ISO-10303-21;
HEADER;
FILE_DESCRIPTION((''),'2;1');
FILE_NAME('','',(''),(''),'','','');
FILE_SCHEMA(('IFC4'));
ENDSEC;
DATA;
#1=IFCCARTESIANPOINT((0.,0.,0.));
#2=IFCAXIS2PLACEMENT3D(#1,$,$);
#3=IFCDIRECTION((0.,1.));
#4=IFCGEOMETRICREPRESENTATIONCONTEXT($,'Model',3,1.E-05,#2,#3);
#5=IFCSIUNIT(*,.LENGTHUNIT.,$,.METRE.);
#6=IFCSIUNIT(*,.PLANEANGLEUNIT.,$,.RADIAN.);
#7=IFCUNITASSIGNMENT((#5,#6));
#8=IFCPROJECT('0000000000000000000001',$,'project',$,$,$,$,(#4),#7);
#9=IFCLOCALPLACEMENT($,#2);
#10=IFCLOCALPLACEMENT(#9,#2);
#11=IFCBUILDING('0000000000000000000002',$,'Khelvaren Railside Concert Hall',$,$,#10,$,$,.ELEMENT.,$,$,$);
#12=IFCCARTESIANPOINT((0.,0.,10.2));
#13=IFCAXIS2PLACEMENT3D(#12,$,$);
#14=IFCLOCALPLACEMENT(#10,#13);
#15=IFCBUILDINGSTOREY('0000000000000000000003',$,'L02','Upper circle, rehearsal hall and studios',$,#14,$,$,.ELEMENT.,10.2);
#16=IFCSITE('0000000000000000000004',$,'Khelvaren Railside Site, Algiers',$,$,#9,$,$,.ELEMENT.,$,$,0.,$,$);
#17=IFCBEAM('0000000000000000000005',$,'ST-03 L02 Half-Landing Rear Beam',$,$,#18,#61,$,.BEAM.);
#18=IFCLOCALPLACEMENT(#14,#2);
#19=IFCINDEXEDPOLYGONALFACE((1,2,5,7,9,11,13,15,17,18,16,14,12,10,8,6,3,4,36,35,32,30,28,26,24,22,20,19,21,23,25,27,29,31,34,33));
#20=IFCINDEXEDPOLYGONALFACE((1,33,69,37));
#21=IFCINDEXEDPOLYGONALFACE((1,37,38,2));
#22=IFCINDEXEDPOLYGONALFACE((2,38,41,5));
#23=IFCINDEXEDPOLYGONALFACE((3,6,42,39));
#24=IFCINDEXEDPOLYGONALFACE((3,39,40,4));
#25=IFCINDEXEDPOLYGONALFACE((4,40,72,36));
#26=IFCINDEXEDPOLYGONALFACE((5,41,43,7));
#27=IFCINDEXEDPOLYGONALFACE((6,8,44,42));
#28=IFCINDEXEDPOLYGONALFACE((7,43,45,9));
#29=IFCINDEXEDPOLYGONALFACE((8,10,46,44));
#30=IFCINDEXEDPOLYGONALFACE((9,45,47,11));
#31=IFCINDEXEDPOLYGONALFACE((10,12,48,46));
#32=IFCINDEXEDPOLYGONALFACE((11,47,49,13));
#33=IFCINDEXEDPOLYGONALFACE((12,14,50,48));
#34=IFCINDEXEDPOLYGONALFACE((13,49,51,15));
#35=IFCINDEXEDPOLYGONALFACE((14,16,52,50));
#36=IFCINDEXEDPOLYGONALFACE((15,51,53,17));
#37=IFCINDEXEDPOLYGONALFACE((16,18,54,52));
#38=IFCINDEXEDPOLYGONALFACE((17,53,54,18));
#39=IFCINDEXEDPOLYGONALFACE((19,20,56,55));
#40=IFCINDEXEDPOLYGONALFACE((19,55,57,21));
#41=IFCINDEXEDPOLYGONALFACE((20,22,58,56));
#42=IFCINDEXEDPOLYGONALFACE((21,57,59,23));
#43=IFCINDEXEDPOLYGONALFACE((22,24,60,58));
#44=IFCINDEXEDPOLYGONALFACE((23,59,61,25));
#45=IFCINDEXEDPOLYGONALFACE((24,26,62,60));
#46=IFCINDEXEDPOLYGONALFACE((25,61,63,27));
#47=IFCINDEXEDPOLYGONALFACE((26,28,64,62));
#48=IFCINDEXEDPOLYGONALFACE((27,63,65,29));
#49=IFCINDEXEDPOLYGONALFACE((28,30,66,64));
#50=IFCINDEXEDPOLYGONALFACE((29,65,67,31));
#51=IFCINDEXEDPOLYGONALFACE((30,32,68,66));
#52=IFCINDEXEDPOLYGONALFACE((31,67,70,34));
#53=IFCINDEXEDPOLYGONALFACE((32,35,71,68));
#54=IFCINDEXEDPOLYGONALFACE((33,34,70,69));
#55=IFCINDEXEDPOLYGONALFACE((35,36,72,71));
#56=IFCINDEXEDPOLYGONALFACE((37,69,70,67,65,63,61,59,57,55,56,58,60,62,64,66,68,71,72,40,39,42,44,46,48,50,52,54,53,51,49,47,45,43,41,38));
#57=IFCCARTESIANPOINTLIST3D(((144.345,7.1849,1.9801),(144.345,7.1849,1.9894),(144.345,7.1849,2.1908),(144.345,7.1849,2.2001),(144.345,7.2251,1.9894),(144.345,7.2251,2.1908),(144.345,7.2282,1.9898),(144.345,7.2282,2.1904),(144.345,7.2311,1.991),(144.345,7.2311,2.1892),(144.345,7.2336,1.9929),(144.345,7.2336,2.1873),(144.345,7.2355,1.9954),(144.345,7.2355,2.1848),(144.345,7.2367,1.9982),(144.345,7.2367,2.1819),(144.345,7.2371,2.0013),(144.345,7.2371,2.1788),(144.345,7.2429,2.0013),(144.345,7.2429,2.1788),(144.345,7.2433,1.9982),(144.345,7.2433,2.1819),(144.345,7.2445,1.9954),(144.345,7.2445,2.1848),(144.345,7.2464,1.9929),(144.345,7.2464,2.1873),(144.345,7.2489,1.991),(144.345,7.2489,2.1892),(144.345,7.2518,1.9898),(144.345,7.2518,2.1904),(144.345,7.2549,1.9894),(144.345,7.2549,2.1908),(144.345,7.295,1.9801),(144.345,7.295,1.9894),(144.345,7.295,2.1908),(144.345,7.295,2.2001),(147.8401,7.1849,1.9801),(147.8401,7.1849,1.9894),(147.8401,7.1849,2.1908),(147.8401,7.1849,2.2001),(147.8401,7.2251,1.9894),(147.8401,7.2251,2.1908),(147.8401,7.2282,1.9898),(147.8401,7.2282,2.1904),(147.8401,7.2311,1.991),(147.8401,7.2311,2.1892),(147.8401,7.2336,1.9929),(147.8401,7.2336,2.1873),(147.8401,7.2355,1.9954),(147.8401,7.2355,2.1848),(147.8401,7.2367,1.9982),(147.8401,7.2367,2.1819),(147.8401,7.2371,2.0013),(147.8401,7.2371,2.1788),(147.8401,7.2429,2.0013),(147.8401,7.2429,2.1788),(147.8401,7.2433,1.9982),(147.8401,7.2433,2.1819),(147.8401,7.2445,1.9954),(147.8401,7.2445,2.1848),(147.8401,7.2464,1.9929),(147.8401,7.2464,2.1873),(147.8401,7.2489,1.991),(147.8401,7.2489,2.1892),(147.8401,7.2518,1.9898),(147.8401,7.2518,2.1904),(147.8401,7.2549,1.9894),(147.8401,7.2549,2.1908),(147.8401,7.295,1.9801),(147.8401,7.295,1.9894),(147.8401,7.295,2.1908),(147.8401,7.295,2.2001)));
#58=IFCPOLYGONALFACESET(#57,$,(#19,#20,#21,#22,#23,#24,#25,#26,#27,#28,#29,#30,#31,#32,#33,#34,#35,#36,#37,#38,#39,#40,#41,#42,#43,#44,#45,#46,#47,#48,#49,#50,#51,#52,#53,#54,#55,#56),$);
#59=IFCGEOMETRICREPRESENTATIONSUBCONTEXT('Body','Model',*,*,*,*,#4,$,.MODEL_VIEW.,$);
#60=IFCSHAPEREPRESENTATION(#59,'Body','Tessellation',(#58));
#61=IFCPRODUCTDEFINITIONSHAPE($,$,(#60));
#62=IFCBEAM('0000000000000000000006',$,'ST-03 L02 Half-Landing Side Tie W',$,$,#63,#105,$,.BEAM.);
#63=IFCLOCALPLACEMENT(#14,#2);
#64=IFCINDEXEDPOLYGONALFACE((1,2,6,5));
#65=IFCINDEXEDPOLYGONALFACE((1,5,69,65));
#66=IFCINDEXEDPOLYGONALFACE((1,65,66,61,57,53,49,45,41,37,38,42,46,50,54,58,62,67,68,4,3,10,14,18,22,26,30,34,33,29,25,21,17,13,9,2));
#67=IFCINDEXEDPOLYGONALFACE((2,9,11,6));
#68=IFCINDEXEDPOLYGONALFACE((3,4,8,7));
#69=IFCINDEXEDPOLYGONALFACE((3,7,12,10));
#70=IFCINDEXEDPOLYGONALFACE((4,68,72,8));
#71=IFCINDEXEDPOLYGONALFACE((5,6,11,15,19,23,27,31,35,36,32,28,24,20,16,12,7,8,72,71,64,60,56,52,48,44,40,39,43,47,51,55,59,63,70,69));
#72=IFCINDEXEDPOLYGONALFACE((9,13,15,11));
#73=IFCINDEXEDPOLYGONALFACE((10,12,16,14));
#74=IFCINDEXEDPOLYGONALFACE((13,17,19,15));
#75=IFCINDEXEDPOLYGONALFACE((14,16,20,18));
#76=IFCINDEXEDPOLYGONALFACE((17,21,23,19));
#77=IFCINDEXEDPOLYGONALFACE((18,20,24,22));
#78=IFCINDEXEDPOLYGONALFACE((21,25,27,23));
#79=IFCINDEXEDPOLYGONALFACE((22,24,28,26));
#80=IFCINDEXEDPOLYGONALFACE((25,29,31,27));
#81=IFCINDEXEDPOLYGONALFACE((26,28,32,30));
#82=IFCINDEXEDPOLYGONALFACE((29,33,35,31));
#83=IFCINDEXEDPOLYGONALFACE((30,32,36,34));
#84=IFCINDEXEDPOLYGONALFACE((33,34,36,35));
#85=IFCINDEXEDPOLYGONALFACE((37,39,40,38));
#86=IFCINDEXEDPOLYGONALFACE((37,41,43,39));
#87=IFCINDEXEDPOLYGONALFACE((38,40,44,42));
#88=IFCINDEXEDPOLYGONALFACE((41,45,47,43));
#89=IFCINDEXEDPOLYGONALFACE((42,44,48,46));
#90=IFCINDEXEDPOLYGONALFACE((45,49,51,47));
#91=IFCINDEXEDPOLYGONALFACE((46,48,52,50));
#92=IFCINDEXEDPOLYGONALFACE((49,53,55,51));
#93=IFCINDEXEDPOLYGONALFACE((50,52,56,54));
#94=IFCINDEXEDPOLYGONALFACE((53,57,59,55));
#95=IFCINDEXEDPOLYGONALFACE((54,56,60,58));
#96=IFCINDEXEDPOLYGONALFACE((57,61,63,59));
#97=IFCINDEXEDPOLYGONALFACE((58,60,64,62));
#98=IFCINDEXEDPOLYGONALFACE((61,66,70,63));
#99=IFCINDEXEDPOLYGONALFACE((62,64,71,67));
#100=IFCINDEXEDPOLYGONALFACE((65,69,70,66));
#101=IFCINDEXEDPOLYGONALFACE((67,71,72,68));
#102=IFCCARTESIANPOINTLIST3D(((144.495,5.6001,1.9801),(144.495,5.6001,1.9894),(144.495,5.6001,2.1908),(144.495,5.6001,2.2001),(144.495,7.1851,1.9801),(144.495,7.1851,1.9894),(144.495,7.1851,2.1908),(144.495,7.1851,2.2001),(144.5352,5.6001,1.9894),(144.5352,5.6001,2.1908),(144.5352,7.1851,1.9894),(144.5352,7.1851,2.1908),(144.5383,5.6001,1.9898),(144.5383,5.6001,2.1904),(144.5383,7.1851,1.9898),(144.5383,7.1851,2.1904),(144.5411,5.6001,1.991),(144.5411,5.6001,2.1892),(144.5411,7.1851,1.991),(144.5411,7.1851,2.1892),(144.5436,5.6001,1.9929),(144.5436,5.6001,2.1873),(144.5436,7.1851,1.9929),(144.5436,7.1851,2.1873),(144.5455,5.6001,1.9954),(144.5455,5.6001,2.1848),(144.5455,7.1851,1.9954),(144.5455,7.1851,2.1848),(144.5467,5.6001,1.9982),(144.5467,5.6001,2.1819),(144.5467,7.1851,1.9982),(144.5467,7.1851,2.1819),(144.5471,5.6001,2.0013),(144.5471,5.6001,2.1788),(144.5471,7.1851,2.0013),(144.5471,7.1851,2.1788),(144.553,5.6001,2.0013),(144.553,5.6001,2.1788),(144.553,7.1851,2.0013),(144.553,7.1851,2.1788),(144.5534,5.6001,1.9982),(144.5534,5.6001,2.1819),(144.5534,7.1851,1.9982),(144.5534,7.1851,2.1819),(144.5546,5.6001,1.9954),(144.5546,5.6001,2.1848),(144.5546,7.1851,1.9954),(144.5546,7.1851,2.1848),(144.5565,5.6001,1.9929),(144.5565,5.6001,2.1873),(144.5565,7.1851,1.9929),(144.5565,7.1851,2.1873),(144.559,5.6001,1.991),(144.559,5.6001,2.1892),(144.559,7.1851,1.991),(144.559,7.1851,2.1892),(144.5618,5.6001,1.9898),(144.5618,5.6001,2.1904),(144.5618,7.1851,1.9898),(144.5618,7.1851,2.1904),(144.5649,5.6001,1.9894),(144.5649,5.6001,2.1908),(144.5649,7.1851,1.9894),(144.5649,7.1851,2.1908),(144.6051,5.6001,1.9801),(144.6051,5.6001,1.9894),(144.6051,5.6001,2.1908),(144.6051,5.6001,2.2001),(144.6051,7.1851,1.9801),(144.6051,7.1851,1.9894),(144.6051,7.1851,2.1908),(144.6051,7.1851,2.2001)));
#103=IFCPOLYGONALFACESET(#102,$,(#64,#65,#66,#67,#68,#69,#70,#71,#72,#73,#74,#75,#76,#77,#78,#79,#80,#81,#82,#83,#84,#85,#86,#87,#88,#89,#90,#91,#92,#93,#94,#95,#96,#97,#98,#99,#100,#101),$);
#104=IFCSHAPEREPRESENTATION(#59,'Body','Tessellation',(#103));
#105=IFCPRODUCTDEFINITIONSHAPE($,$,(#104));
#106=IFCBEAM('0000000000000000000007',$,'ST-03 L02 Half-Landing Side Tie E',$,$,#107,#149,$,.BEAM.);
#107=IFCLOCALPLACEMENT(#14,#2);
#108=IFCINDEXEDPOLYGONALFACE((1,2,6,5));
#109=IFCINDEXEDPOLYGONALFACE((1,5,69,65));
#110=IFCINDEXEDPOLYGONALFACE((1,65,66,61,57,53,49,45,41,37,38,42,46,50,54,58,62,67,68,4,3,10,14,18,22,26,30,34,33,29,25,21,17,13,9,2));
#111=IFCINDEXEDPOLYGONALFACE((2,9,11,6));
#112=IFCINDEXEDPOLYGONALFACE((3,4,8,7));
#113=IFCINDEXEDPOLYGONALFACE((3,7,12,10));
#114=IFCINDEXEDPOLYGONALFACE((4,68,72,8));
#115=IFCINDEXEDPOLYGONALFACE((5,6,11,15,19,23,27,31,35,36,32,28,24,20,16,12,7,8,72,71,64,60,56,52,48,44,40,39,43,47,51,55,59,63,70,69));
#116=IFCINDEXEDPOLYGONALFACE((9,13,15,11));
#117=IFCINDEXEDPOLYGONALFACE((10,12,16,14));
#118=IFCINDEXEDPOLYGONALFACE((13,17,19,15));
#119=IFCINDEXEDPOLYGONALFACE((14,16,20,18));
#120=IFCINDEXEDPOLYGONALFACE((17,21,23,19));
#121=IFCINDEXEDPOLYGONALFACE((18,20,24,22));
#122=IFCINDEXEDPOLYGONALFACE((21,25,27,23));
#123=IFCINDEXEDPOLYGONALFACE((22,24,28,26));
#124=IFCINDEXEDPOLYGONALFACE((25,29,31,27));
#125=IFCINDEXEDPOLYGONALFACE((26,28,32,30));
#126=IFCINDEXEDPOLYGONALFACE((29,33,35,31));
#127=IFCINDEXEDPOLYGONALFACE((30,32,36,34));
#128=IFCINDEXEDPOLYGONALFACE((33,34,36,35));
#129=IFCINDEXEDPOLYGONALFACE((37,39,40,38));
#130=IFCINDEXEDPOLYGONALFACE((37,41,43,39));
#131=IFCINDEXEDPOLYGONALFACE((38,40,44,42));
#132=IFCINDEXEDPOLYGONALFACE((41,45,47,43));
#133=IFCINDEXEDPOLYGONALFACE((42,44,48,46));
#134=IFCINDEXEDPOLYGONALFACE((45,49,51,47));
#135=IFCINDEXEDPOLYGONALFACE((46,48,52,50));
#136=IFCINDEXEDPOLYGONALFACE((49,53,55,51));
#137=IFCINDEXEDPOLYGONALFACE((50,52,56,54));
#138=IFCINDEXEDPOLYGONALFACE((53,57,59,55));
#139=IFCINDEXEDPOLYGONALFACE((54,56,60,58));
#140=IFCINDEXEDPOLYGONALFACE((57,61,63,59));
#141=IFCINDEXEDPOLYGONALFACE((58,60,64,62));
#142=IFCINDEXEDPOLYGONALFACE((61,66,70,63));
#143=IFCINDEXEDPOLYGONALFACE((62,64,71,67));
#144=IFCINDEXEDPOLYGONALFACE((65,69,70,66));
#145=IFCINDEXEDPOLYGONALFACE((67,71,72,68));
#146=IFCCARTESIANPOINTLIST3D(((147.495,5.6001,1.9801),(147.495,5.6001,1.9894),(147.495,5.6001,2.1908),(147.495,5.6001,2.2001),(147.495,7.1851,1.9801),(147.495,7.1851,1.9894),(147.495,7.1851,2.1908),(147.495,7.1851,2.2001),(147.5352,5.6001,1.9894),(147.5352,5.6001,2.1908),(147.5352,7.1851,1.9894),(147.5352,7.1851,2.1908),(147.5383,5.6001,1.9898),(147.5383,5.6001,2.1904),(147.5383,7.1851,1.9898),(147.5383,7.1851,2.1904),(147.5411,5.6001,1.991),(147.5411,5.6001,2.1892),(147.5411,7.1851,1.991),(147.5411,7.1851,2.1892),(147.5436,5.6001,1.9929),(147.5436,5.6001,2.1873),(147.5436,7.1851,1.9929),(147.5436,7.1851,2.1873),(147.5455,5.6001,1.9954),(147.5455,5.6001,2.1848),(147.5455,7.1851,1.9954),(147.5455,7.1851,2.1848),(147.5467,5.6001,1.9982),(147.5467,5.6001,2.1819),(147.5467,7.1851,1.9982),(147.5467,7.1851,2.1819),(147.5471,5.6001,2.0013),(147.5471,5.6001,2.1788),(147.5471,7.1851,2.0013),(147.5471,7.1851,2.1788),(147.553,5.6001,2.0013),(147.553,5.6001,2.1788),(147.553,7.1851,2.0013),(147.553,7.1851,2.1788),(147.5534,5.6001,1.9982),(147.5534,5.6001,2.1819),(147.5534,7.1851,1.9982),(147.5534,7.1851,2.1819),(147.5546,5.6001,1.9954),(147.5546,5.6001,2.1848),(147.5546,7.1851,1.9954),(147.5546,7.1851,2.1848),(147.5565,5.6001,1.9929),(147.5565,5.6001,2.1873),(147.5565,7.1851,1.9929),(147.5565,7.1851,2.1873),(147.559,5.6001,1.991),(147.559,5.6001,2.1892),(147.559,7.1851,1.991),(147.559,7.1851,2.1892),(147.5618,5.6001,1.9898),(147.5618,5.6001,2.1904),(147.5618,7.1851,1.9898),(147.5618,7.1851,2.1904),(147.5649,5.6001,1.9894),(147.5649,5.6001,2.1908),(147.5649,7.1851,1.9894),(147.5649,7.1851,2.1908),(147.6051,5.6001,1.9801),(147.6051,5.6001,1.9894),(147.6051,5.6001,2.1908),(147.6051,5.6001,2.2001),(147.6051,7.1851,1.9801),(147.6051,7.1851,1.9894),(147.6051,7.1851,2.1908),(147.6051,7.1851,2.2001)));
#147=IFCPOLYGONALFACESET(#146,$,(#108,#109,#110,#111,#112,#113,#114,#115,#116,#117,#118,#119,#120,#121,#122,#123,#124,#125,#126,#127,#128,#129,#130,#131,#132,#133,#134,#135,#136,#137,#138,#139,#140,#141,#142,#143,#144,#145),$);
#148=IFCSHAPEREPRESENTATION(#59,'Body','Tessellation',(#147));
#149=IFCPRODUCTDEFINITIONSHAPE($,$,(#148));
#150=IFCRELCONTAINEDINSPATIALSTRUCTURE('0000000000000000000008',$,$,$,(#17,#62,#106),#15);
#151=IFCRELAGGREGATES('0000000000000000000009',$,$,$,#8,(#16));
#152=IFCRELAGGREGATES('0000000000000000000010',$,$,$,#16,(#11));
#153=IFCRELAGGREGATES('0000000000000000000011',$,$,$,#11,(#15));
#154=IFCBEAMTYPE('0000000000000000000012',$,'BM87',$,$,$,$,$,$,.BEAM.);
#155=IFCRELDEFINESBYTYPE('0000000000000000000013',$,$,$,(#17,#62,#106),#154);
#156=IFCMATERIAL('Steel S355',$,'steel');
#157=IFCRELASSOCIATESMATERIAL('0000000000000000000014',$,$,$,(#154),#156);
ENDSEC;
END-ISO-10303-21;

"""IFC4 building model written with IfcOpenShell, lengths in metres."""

from ifc_helpers import new_model, si_unit, direction, frame, origin, origin_2d, place, context, subcontext, project, spatial, i_section, extrude, material, material_profile, profile_set, type_object, element, save


model = new_model("IFC4")

# Units and contexts
model_context = context("Model", 3, precision=1e-05, world=origin(), true_north=direction((0.0, 1.0)))
body_context = subcontext(model_context, "Body", "Model", "MODEL_VIEW")
ifc_project = project(units=[si_unit("LENGTHUNIT", "METRE"), si_unit("PLANEANGLEUNIT", "RADIAN")], contexts=[model_context])

# Site, building, storey
site_placement = place(None, origin())
site = spatial("IfcSite", under=ifc_project, at=site_placement, Name="Khelvaren Railside Site, Algiers", CompositionType="ELEMENT", RefElevation=0.0)
building_placement = place(site_placement, origin())
building = spatial("IfcBuilding", under=site, at=building_placement, Name="Khelvaren Railside Concert Hall", CompositionType="ELEMENT")
storey_placement = place(building_placement, frame((0.0, 0.0, 10.2)))
storey = spatial("IfcBuildingStorey", under=building, at=storey_placement, Name="L02", Description="Upper circle, rehearsal hall and studios", CompositionType="ELEMENT", Elevation=10.2)

# Shared definitions
ifc_material_1 = material(Name="Steel S355", Category="steel")

# Beams
ifc_material_profile_1 = material_profile(ifc_material_1, i_section(OverallWidth=0.1101, OverallDepth=0.22, WebThickness=0.0059, FlangeThickness=0.0093, FilletRadius=0.012, at=origin_2d()), Name="IPE 220")
ifc_profile_set_1 = profile_set([ifc_material_profile_1], Name="Steel S355")
beam_type_1 = type_object("IfcBeamType", Name="BM87", PredefinedType="BEAM", material=ifc_profile_set_1)
beam_1_placement = place(storey_placement, frame((144.345, 7.24, 2.0901), z_axis=(1.0, 0.0, 0.0), x_axis=(0.0, 1.0, 0.0)))
element("IfcBeam", 1, at=beam_1_placement, inside=storey, type_object=beam_type_1, Name="ST-03 L02 Half-Landing Rear Beam", PredefinedType="BEAM", context=body_context, shape_type="SweptSolid", body=[
    extrude(i_section(OverallWidth=0.1101, OverallDepth=0.22, WebThickness=0.0059, FlangeThickness=0.0093, FilletRadius=0.012, at=origin_2d()), origin(), (0.0, 0.0, 1.0), 3.4951),
])
for number, where, z_axis, x_axis, name in (
    (2, (144.55, 5.6001, 2.0901), (0.0, 1.0, 0.0), (-1.0, 0.0, 0.0), "ST-03 L02 Half-Landing Side Tie W"),
    (3, (147.55, 5.6001, 2.0901), (0.0, 1.0, 0.0), (-1.0, 0.0, 0.0), "ST-03 L02 Half-Landing Side Tie E"),
):
    element("IfcBeam", number, at=place(storey_placement, frame(where, z_axis=z_axis, x_axis=x_axis)), inside=storey, type_object=beam_type_1, Name=name, PredefinedType="BEAM", context=body_context, shape_type="SweptSolid", body=[
        extrude(i_section(OverallWidth=0.1101, OverallDepth=0.22, WebThickness=0.0059, FlangeThickness=0.0093, FilletRadius=0.012, at=origin_2d()), origin(), (0.0, 0.0, 1.0), 1.585),
    ])

save(model, "model.ifc")
